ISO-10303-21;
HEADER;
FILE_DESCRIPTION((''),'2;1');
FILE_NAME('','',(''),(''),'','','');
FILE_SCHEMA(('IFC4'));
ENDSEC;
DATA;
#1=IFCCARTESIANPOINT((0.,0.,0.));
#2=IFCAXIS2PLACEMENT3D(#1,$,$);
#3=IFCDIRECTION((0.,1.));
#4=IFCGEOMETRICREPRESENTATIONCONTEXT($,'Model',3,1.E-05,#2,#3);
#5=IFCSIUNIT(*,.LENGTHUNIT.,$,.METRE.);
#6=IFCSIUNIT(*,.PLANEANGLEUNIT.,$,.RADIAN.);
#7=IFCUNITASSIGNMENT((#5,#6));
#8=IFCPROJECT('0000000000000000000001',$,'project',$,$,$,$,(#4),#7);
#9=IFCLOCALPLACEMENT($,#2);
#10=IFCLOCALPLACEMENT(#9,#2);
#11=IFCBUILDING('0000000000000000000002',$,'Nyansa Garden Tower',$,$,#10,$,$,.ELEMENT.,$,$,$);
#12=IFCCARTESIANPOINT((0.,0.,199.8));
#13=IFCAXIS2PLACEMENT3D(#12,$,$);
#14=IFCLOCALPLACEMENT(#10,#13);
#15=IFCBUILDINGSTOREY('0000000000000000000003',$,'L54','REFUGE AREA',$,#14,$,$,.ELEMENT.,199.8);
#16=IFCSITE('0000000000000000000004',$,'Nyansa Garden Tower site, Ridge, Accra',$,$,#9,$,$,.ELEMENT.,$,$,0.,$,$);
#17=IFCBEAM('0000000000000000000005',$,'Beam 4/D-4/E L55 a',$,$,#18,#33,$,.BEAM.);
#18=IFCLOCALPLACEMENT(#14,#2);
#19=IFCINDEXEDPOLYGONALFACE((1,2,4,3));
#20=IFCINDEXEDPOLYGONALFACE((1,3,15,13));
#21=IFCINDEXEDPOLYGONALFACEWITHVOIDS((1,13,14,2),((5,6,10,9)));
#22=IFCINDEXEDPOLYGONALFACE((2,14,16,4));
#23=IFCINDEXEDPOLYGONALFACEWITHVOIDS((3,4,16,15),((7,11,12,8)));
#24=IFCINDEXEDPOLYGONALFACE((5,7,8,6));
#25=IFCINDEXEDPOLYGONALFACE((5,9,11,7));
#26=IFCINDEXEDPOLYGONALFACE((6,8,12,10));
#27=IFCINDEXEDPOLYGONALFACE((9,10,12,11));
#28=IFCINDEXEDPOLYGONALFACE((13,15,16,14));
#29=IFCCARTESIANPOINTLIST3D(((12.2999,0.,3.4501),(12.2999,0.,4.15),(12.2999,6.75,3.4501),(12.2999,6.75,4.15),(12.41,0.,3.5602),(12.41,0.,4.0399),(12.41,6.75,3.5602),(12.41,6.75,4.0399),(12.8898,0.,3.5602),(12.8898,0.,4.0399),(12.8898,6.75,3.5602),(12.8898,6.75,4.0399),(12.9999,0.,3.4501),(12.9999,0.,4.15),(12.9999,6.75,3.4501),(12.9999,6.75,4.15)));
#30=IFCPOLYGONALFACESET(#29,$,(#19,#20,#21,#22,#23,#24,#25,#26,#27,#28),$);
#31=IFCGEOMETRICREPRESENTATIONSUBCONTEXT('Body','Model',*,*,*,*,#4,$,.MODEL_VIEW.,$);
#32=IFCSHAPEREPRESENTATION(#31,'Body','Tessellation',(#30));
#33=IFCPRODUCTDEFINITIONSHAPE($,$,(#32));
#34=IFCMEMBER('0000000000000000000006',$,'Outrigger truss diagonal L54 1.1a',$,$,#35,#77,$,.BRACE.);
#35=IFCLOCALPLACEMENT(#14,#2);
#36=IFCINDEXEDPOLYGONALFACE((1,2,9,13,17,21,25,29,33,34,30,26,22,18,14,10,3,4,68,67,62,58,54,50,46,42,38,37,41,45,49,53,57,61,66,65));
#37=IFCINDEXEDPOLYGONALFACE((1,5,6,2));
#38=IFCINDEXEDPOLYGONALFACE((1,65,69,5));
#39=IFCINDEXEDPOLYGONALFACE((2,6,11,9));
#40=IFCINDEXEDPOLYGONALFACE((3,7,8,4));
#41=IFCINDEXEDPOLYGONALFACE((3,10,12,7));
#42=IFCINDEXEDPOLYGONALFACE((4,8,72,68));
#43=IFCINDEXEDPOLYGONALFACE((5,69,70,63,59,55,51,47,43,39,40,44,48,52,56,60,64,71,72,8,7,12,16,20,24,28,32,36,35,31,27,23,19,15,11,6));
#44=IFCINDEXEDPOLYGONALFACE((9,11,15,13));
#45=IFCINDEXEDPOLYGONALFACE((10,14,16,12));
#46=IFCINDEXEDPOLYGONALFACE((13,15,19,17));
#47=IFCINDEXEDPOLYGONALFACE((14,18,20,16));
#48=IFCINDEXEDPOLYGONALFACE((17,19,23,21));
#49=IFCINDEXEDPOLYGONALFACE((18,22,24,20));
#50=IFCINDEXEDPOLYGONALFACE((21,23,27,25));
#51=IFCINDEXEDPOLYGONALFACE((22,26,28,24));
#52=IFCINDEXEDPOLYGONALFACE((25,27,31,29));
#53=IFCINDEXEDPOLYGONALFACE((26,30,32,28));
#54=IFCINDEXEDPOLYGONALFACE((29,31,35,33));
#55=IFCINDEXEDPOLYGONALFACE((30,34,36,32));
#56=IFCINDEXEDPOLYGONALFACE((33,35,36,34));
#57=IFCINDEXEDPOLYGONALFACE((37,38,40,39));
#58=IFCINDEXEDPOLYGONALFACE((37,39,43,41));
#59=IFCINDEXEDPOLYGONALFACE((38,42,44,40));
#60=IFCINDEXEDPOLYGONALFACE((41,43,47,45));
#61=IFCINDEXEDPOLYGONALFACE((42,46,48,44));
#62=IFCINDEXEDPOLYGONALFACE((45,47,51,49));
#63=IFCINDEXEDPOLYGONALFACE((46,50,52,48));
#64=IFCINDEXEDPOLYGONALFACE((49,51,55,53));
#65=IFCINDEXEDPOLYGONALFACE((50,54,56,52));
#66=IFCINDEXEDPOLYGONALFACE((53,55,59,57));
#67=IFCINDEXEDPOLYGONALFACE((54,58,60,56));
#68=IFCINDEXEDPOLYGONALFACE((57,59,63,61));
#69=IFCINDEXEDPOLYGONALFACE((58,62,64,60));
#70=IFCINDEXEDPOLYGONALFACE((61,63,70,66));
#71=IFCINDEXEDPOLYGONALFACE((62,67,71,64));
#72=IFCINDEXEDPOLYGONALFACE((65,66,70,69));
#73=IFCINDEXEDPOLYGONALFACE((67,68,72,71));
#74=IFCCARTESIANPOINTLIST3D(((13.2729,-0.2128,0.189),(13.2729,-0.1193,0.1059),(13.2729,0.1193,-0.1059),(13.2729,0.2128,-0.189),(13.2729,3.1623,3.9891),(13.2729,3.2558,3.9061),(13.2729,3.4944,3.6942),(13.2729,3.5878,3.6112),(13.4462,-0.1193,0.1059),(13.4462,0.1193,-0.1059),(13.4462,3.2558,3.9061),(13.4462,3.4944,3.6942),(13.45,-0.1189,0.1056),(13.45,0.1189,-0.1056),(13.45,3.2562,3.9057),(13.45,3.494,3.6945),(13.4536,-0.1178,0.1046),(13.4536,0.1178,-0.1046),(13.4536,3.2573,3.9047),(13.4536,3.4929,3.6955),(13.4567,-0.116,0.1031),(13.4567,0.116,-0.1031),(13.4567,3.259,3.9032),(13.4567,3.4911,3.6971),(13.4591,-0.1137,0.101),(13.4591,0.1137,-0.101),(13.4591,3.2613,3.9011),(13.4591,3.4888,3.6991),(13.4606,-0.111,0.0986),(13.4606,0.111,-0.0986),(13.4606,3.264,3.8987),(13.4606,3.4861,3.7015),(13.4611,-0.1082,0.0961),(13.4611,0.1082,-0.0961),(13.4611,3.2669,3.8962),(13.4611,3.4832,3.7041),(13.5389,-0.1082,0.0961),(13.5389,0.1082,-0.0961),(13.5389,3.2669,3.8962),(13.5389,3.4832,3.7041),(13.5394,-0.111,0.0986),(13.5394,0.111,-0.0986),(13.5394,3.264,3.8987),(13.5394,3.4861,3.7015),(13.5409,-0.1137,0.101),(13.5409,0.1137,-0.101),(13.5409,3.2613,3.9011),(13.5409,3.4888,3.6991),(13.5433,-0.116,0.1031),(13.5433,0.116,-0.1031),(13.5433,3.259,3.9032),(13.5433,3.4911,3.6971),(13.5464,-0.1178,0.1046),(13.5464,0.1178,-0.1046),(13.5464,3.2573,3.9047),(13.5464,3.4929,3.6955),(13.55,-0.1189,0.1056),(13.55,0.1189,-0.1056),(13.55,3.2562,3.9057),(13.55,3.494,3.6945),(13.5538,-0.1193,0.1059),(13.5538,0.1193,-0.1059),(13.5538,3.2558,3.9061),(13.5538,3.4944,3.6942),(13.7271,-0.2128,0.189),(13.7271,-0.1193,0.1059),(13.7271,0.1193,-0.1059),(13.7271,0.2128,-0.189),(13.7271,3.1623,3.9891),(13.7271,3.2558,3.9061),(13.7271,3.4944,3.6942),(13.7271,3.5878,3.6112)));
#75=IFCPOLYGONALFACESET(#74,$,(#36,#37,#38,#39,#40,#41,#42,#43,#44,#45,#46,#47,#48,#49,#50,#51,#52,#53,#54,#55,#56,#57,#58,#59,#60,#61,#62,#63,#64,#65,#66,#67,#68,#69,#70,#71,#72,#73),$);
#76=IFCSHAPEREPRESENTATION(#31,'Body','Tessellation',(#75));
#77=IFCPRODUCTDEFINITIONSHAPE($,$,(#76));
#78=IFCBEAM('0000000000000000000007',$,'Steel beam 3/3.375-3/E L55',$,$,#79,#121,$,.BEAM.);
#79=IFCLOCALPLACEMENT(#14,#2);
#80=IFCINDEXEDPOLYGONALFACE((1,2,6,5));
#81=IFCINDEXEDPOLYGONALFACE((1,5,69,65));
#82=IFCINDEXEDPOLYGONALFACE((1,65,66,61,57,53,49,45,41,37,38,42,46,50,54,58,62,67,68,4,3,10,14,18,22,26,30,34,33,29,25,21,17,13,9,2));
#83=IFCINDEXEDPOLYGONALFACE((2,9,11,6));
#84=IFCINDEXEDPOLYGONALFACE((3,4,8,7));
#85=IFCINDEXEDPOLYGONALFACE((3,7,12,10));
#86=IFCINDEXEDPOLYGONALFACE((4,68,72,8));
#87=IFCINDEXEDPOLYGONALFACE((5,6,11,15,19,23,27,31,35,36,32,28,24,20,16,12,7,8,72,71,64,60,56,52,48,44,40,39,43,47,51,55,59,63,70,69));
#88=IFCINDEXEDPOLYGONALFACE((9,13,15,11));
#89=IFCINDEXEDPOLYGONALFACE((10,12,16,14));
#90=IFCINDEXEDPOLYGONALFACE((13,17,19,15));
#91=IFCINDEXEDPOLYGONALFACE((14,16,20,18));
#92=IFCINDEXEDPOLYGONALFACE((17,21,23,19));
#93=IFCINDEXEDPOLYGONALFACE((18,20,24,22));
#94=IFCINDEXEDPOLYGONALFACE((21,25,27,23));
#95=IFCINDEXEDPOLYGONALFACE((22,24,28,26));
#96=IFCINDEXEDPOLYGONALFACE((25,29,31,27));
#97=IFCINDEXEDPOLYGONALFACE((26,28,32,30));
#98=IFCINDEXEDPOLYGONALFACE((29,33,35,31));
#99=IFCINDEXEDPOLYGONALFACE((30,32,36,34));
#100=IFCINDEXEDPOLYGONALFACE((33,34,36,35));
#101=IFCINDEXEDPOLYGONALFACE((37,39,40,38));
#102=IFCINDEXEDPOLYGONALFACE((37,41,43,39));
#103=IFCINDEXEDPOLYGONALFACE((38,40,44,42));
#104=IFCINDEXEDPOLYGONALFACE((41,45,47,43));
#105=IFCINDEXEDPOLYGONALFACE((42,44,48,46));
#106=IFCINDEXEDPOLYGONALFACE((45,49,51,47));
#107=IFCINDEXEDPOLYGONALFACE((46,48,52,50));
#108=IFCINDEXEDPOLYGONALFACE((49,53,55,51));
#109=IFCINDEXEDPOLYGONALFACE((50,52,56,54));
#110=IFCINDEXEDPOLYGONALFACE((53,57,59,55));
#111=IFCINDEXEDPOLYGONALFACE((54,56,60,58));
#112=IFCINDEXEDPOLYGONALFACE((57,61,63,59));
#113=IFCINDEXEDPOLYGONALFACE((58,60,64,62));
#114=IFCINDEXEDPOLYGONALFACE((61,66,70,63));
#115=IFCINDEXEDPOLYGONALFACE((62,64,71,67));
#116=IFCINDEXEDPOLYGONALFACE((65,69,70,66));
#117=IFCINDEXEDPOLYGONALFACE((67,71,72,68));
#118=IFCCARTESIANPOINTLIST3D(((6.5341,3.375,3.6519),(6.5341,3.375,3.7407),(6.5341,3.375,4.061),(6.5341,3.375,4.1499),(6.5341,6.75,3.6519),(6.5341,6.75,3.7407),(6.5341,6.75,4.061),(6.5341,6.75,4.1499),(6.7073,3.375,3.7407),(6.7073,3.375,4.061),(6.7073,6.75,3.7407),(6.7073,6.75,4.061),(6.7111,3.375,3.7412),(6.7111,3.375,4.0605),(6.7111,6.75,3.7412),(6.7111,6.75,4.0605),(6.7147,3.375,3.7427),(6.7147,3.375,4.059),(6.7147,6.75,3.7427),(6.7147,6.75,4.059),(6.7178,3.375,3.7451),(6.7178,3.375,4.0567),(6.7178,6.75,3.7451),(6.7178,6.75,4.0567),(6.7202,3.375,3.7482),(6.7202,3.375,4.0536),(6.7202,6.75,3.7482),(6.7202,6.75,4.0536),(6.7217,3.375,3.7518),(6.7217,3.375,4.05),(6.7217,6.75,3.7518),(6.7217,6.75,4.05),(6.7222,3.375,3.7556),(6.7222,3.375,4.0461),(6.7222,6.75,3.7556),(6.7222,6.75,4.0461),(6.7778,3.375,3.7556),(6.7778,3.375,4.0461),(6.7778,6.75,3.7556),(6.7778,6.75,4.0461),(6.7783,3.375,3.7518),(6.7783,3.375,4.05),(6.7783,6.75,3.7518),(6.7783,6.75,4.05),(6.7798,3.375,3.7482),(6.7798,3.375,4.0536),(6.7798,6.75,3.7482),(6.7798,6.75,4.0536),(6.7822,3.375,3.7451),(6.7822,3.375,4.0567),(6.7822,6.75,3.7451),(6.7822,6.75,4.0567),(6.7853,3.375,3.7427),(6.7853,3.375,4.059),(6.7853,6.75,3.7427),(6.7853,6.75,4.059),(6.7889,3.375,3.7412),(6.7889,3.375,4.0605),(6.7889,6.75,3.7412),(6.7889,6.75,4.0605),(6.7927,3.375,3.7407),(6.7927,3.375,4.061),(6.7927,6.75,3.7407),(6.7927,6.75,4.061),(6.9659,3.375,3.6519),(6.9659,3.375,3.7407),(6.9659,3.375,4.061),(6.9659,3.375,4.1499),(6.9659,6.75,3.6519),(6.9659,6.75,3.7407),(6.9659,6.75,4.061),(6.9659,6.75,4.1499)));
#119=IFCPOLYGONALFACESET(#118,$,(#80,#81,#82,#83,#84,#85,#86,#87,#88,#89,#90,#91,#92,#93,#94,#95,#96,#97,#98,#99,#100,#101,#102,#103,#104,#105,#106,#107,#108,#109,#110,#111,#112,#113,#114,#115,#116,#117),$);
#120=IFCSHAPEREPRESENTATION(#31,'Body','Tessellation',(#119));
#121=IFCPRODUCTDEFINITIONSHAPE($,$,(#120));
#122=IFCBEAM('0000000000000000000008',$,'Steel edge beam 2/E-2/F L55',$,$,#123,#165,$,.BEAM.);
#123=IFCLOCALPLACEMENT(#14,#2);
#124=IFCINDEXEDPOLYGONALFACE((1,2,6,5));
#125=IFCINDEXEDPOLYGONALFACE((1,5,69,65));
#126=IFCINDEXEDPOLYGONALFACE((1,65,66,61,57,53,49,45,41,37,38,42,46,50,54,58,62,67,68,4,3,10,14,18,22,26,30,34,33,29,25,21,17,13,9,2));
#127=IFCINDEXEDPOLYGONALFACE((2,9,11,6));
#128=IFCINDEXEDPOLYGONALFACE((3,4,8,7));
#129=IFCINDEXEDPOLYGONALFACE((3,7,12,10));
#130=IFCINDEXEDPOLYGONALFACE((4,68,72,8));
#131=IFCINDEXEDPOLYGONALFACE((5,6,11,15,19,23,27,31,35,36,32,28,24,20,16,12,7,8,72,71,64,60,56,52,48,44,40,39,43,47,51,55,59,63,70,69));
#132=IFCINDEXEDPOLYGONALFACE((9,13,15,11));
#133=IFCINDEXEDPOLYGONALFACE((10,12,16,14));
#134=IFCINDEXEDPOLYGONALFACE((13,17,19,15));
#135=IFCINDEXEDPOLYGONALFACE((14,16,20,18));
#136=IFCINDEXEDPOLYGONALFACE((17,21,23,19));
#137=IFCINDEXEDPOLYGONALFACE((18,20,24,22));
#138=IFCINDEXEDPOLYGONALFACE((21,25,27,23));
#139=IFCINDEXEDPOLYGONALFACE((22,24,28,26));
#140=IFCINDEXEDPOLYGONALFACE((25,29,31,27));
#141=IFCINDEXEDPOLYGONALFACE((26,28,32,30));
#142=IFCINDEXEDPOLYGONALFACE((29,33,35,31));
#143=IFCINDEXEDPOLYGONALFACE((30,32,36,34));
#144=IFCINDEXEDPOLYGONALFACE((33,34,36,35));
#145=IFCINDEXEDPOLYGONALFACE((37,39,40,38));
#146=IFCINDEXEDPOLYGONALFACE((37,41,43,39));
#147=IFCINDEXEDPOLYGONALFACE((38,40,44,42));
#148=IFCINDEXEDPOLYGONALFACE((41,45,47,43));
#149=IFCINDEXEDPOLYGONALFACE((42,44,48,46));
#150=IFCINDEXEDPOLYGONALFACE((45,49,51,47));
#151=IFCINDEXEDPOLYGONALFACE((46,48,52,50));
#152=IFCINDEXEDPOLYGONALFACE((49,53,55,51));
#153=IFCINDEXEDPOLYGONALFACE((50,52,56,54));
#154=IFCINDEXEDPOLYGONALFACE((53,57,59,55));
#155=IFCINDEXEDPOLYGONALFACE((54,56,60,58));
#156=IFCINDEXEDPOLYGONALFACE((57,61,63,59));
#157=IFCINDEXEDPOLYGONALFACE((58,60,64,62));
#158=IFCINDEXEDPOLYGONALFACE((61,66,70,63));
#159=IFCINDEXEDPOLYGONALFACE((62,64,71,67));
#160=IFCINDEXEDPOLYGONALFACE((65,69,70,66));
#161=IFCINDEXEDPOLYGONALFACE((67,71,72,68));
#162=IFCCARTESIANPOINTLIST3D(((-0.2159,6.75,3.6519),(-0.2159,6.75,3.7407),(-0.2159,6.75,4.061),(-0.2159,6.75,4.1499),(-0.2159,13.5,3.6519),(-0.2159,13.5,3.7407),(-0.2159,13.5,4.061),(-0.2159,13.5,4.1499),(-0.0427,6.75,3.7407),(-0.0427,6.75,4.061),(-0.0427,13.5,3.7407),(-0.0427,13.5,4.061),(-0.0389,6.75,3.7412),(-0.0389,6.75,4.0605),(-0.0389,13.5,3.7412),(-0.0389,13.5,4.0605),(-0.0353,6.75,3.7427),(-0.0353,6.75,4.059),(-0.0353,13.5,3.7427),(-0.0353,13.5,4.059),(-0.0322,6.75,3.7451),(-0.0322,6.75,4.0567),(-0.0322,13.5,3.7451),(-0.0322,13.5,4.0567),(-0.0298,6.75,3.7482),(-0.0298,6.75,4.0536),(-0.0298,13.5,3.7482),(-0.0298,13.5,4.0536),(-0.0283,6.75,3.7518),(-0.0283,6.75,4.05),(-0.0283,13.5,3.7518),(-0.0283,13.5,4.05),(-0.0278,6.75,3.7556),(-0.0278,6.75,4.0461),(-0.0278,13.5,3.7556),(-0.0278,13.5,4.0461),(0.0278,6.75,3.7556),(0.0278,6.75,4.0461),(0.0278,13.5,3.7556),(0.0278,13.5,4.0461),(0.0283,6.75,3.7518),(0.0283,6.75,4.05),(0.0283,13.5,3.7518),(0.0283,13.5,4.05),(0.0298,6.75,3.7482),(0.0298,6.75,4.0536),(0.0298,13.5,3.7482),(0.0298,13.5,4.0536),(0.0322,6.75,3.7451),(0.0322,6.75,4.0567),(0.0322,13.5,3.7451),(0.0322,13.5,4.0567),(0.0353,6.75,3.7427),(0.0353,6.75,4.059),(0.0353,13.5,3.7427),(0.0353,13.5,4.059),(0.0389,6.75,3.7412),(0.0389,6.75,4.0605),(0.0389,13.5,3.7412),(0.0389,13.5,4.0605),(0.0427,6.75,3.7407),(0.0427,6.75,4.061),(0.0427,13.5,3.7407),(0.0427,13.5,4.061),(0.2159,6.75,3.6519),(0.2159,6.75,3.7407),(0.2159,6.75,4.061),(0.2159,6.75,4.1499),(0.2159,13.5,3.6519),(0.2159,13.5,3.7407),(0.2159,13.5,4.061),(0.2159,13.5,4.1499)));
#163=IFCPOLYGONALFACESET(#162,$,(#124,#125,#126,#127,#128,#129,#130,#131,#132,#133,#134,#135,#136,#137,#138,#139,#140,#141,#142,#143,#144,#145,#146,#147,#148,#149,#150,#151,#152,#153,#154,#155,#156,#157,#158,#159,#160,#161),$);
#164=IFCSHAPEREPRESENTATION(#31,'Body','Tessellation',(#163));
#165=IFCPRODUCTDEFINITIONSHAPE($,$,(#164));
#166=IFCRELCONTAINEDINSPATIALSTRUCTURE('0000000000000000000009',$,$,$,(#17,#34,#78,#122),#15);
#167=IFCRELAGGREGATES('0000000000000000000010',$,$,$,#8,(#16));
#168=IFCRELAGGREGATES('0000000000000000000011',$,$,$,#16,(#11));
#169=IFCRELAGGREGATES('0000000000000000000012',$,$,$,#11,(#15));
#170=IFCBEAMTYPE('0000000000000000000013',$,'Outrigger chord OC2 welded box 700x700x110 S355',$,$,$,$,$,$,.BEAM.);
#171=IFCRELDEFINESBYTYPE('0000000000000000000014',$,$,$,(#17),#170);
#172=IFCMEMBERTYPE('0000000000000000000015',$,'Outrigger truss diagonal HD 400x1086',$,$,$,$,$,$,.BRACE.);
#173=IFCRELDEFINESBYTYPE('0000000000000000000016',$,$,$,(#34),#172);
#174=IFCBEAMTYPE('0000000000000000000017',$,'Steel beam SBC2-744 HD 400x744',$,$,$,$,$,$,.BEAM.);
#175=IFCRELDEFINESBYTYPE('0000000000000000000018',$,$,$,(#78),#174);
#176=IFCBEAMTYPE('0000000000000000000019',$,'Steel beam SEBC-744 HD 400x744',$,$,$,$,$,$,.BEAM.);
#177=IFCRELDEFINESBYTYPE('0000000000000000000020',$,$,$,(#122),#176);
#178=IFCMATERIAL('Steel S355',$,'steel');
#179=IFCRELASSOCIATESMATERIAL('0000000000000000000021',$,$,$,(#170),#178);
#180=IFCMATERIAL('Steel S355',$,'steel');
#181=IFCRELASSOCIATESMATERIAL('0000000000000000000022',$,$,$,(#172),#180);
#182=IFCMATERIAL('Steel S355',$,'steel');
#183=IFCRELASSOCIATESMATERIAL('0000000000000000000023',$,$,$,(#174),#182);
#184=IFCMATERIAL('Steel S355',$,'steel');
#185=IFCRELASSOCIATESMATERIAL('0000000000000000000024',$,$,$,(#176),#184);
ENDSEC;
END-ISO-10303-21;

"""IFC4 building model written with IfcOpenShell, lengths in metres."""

from ifc_helpers import new_model, si_unit, direction, frame, origin, origin_2d, place, context, subcontext, project, spatial, hollow_rectangle, i_section, extrude, material, material_profile, profile_set, type_object, element, save


model = new_model("IFC4")

# Units and contexts
model_context = context("Model", 3, precision=1e-05, world=origin(), true_north=direction((0.0, 1.0)))
body_context = subcontext(model_context, "Body", "Model", "MODEL_VIEW")
ifc_project = project(units=[si_unit("LENGTHUNIT", "METRE"), si_unit("PLANEANGLEUNIT", "RADIAN")], contexts=[model_context])

# Site, building, storey
site_placement = place(None, origin())
site = spatial("IfcSite", under=ifc_project, at=site_placement, Name="Nyansa Garden Tower site, Ridge, Accra", CompositionType="ELEMENT", RefElevation=0.0)
building_placement = place(site_placement, origin())
building = spatial("IfcBuilding", under=site, at=building_placement, Name="Nyansa Garden Tower", CompositionType="ELEMENT")
storey_placement = place(building_placement, frame((0.0, 0.0, 199.8)))
storey = spatial("IfcBuildingStorey", under=building, at=storey_placement, Name="L54", Description="REFUGE AREA", CompositionType="ELEMENT", Elevation=199.8)

# Beam
ifc_material_1 = material(Name="Steel S355", Category="steel")
ifc_material_profile_1 = material_profile(ifc_material_1, hollow_rectangle(XDim=0.7, YDim=0.7, WallThickness=0.1101, at=origin_2d()), Name="Welded box 700x700x110")
ifc_profile_set_1 = profile_set([ifc_material_profile_1], Name="Steel S355")
beam_type_1 = type_object("IfcBeamType", Name="Outrigger chord OC2 welded box 700x700x110 S355", PredefinedType="BEAM", material=ifc_profile_set_1)
beam_1_placement = place(storey_placement, frame((12.6499, 0.0, 3.8), z_axis=(0.0, 1.0, 0.0), x_axis=(-1.0, 0.0, 0.0)))
element("IfcBeam", 1, at=beam_1_placement, inside=storey, type_object=beam_type_1, Name="Beam 4/D-4/E L55 a", PredefinedType="BEAM", context=body_context, shape_type="SweptSolid", body=[
    extrude(hollow_rectangle(XDim=0.7, YDim=0.7, WallThickness=0.1101, at=origin_2d()), origin(), (0.0, 0.0, 1.0), 6.75),
])

# Member
ifc_material_2 = material(Name="Steel S355", Category="steel")
ifc_material_profile_2 = material_profile(ifc_material_2, i_section(OverallWidth=0.4541, OverallDepth=0.5691, WebThickness=0.0779, FlangeThickness=0.125, FilletRadius=0.0149, at=origin_2d()), Name="HD 400x1086")
ifc_profile_set_2 = profile_set([ifc_material_profile_2], Name="Steel S355")
member_type_1 = type_object("IfcMemberType", Name="Outrigger truss diagonal HD 400x1086", PredefinedType="BRACE", material=ifc_profile_set_2)
member_1_placement = place(storey_placement, frame((13.5, 0.0, 0.0), z_axis=(0.0, 0.664054, 0.747685), x_axis=(-1.0, 0.0, 0.0)))
element("IfcMember", 2, at=member_1_placement, inside=storey, type_object=member_type_1, Name="Outrigger truss diagonal L54 1.1a", PredefinedType="BRACE", context=body_context, shape_type="SweptSolid", body=[
    extrude(i_section(OverallWidth=0.4541, OverallDepth=0.5691, WebThickness=0.0779, FlangeThickness=0.125, FilletRadius=0.0149, at=origin_2d()), origin(), (0.0, 0.0, 1.0), 5.0825),
])

# Beams
ifc_material_3 = material(Name="Steel S355", Category="steel")
ifc_material_profile_3 = material_profile(ifc_material_3, i_section(OverallWidth=0.4319, OverallDepth=0.498, WebThickness=0.0557, FlangeThickness=0.0889, FilletRadius=0.0149, at=origin_2d()), Name="HD 400x744")
ifc_profile_set_3 = profile_set([ifc_material_profile_3], Name="Steel S355")
beam_type_2 = type_object("IfcBeamType", Name="Steel beam SBC2-744 HD 400x744", PredefinedType="BEAM", material=ifc_profile_set_3)
beam_2_placement = place(storey_placement, frame((6.75, 3.375, 3.9009), z_axis=(0.0, 1.0, 0.0), x_axis=(-1.0, 0.0, 0.0)))
element("IfcBeam", 3, at=beam_2_placement, inside=storey, type_object=beam_type_2, Name="Steel beam 3/3.375-3/E L55", PredefinedType="BEAM", context=body_context, shape_type="SweptSolid", body=[
    extrude(i_section(OverallWidth=0.4319, OverallDepth=0.498, WebThickness=0.0557, FlangeThickness=0.0889, FilletRadius=0.0149, at=origin_2d()), origin(), (0.0, 0.0, 1.0), 3.375),
])
ifc_material_4 = material(Name="Steel S355", Category="steel")
ifc_material_profile_4 = material_profile(ifc_material_4, i_section(OverallWidth=0.4319, OverallDepth=0.498, WebThickness=0.0557, FlangeThickness=0.0889, FilletRadius=0.0149, at=origin_2d()), Name="HD 400x744")
ifc_profile_set_4 = profile_set([ifc_material_profile_4], Name="Steel S355")
beam_type_3 = type_object("IfcBeamType", Name="Steel beam SEBC-744 HD 400x744", PredefinedType="BEAM", material=ifc_profile_set_4)
for number, where, z_axis, x_axis, name in (
    (4, (0.0, 6.75, 3.9009), (0.0, 1.0, 0.0), (-1.0, 0.0, 0.0), "Steel edge beam 2/E-2/F L55"),
):
    element("IfcBeam", number, at=place(storey_placement, frame(where, z_axis=z_axis, x_axis=x_axis)), inside=storey, type_object=beam_type_3, Name=name, PredefinedType="BEAM", context=body_context, shape_type="SweptSolid", body=[
        extrude(i_section(OverallWidth=0.4319, OverallDepth=0.498, WebThickness=0.0557, FlangeThickness=0.0889, FilletRadius=0.0149, at=origin_2d()), origin(), (0.0, 0.0, 1.0), 6.75),
    ])

save(model, "model.ifc")
